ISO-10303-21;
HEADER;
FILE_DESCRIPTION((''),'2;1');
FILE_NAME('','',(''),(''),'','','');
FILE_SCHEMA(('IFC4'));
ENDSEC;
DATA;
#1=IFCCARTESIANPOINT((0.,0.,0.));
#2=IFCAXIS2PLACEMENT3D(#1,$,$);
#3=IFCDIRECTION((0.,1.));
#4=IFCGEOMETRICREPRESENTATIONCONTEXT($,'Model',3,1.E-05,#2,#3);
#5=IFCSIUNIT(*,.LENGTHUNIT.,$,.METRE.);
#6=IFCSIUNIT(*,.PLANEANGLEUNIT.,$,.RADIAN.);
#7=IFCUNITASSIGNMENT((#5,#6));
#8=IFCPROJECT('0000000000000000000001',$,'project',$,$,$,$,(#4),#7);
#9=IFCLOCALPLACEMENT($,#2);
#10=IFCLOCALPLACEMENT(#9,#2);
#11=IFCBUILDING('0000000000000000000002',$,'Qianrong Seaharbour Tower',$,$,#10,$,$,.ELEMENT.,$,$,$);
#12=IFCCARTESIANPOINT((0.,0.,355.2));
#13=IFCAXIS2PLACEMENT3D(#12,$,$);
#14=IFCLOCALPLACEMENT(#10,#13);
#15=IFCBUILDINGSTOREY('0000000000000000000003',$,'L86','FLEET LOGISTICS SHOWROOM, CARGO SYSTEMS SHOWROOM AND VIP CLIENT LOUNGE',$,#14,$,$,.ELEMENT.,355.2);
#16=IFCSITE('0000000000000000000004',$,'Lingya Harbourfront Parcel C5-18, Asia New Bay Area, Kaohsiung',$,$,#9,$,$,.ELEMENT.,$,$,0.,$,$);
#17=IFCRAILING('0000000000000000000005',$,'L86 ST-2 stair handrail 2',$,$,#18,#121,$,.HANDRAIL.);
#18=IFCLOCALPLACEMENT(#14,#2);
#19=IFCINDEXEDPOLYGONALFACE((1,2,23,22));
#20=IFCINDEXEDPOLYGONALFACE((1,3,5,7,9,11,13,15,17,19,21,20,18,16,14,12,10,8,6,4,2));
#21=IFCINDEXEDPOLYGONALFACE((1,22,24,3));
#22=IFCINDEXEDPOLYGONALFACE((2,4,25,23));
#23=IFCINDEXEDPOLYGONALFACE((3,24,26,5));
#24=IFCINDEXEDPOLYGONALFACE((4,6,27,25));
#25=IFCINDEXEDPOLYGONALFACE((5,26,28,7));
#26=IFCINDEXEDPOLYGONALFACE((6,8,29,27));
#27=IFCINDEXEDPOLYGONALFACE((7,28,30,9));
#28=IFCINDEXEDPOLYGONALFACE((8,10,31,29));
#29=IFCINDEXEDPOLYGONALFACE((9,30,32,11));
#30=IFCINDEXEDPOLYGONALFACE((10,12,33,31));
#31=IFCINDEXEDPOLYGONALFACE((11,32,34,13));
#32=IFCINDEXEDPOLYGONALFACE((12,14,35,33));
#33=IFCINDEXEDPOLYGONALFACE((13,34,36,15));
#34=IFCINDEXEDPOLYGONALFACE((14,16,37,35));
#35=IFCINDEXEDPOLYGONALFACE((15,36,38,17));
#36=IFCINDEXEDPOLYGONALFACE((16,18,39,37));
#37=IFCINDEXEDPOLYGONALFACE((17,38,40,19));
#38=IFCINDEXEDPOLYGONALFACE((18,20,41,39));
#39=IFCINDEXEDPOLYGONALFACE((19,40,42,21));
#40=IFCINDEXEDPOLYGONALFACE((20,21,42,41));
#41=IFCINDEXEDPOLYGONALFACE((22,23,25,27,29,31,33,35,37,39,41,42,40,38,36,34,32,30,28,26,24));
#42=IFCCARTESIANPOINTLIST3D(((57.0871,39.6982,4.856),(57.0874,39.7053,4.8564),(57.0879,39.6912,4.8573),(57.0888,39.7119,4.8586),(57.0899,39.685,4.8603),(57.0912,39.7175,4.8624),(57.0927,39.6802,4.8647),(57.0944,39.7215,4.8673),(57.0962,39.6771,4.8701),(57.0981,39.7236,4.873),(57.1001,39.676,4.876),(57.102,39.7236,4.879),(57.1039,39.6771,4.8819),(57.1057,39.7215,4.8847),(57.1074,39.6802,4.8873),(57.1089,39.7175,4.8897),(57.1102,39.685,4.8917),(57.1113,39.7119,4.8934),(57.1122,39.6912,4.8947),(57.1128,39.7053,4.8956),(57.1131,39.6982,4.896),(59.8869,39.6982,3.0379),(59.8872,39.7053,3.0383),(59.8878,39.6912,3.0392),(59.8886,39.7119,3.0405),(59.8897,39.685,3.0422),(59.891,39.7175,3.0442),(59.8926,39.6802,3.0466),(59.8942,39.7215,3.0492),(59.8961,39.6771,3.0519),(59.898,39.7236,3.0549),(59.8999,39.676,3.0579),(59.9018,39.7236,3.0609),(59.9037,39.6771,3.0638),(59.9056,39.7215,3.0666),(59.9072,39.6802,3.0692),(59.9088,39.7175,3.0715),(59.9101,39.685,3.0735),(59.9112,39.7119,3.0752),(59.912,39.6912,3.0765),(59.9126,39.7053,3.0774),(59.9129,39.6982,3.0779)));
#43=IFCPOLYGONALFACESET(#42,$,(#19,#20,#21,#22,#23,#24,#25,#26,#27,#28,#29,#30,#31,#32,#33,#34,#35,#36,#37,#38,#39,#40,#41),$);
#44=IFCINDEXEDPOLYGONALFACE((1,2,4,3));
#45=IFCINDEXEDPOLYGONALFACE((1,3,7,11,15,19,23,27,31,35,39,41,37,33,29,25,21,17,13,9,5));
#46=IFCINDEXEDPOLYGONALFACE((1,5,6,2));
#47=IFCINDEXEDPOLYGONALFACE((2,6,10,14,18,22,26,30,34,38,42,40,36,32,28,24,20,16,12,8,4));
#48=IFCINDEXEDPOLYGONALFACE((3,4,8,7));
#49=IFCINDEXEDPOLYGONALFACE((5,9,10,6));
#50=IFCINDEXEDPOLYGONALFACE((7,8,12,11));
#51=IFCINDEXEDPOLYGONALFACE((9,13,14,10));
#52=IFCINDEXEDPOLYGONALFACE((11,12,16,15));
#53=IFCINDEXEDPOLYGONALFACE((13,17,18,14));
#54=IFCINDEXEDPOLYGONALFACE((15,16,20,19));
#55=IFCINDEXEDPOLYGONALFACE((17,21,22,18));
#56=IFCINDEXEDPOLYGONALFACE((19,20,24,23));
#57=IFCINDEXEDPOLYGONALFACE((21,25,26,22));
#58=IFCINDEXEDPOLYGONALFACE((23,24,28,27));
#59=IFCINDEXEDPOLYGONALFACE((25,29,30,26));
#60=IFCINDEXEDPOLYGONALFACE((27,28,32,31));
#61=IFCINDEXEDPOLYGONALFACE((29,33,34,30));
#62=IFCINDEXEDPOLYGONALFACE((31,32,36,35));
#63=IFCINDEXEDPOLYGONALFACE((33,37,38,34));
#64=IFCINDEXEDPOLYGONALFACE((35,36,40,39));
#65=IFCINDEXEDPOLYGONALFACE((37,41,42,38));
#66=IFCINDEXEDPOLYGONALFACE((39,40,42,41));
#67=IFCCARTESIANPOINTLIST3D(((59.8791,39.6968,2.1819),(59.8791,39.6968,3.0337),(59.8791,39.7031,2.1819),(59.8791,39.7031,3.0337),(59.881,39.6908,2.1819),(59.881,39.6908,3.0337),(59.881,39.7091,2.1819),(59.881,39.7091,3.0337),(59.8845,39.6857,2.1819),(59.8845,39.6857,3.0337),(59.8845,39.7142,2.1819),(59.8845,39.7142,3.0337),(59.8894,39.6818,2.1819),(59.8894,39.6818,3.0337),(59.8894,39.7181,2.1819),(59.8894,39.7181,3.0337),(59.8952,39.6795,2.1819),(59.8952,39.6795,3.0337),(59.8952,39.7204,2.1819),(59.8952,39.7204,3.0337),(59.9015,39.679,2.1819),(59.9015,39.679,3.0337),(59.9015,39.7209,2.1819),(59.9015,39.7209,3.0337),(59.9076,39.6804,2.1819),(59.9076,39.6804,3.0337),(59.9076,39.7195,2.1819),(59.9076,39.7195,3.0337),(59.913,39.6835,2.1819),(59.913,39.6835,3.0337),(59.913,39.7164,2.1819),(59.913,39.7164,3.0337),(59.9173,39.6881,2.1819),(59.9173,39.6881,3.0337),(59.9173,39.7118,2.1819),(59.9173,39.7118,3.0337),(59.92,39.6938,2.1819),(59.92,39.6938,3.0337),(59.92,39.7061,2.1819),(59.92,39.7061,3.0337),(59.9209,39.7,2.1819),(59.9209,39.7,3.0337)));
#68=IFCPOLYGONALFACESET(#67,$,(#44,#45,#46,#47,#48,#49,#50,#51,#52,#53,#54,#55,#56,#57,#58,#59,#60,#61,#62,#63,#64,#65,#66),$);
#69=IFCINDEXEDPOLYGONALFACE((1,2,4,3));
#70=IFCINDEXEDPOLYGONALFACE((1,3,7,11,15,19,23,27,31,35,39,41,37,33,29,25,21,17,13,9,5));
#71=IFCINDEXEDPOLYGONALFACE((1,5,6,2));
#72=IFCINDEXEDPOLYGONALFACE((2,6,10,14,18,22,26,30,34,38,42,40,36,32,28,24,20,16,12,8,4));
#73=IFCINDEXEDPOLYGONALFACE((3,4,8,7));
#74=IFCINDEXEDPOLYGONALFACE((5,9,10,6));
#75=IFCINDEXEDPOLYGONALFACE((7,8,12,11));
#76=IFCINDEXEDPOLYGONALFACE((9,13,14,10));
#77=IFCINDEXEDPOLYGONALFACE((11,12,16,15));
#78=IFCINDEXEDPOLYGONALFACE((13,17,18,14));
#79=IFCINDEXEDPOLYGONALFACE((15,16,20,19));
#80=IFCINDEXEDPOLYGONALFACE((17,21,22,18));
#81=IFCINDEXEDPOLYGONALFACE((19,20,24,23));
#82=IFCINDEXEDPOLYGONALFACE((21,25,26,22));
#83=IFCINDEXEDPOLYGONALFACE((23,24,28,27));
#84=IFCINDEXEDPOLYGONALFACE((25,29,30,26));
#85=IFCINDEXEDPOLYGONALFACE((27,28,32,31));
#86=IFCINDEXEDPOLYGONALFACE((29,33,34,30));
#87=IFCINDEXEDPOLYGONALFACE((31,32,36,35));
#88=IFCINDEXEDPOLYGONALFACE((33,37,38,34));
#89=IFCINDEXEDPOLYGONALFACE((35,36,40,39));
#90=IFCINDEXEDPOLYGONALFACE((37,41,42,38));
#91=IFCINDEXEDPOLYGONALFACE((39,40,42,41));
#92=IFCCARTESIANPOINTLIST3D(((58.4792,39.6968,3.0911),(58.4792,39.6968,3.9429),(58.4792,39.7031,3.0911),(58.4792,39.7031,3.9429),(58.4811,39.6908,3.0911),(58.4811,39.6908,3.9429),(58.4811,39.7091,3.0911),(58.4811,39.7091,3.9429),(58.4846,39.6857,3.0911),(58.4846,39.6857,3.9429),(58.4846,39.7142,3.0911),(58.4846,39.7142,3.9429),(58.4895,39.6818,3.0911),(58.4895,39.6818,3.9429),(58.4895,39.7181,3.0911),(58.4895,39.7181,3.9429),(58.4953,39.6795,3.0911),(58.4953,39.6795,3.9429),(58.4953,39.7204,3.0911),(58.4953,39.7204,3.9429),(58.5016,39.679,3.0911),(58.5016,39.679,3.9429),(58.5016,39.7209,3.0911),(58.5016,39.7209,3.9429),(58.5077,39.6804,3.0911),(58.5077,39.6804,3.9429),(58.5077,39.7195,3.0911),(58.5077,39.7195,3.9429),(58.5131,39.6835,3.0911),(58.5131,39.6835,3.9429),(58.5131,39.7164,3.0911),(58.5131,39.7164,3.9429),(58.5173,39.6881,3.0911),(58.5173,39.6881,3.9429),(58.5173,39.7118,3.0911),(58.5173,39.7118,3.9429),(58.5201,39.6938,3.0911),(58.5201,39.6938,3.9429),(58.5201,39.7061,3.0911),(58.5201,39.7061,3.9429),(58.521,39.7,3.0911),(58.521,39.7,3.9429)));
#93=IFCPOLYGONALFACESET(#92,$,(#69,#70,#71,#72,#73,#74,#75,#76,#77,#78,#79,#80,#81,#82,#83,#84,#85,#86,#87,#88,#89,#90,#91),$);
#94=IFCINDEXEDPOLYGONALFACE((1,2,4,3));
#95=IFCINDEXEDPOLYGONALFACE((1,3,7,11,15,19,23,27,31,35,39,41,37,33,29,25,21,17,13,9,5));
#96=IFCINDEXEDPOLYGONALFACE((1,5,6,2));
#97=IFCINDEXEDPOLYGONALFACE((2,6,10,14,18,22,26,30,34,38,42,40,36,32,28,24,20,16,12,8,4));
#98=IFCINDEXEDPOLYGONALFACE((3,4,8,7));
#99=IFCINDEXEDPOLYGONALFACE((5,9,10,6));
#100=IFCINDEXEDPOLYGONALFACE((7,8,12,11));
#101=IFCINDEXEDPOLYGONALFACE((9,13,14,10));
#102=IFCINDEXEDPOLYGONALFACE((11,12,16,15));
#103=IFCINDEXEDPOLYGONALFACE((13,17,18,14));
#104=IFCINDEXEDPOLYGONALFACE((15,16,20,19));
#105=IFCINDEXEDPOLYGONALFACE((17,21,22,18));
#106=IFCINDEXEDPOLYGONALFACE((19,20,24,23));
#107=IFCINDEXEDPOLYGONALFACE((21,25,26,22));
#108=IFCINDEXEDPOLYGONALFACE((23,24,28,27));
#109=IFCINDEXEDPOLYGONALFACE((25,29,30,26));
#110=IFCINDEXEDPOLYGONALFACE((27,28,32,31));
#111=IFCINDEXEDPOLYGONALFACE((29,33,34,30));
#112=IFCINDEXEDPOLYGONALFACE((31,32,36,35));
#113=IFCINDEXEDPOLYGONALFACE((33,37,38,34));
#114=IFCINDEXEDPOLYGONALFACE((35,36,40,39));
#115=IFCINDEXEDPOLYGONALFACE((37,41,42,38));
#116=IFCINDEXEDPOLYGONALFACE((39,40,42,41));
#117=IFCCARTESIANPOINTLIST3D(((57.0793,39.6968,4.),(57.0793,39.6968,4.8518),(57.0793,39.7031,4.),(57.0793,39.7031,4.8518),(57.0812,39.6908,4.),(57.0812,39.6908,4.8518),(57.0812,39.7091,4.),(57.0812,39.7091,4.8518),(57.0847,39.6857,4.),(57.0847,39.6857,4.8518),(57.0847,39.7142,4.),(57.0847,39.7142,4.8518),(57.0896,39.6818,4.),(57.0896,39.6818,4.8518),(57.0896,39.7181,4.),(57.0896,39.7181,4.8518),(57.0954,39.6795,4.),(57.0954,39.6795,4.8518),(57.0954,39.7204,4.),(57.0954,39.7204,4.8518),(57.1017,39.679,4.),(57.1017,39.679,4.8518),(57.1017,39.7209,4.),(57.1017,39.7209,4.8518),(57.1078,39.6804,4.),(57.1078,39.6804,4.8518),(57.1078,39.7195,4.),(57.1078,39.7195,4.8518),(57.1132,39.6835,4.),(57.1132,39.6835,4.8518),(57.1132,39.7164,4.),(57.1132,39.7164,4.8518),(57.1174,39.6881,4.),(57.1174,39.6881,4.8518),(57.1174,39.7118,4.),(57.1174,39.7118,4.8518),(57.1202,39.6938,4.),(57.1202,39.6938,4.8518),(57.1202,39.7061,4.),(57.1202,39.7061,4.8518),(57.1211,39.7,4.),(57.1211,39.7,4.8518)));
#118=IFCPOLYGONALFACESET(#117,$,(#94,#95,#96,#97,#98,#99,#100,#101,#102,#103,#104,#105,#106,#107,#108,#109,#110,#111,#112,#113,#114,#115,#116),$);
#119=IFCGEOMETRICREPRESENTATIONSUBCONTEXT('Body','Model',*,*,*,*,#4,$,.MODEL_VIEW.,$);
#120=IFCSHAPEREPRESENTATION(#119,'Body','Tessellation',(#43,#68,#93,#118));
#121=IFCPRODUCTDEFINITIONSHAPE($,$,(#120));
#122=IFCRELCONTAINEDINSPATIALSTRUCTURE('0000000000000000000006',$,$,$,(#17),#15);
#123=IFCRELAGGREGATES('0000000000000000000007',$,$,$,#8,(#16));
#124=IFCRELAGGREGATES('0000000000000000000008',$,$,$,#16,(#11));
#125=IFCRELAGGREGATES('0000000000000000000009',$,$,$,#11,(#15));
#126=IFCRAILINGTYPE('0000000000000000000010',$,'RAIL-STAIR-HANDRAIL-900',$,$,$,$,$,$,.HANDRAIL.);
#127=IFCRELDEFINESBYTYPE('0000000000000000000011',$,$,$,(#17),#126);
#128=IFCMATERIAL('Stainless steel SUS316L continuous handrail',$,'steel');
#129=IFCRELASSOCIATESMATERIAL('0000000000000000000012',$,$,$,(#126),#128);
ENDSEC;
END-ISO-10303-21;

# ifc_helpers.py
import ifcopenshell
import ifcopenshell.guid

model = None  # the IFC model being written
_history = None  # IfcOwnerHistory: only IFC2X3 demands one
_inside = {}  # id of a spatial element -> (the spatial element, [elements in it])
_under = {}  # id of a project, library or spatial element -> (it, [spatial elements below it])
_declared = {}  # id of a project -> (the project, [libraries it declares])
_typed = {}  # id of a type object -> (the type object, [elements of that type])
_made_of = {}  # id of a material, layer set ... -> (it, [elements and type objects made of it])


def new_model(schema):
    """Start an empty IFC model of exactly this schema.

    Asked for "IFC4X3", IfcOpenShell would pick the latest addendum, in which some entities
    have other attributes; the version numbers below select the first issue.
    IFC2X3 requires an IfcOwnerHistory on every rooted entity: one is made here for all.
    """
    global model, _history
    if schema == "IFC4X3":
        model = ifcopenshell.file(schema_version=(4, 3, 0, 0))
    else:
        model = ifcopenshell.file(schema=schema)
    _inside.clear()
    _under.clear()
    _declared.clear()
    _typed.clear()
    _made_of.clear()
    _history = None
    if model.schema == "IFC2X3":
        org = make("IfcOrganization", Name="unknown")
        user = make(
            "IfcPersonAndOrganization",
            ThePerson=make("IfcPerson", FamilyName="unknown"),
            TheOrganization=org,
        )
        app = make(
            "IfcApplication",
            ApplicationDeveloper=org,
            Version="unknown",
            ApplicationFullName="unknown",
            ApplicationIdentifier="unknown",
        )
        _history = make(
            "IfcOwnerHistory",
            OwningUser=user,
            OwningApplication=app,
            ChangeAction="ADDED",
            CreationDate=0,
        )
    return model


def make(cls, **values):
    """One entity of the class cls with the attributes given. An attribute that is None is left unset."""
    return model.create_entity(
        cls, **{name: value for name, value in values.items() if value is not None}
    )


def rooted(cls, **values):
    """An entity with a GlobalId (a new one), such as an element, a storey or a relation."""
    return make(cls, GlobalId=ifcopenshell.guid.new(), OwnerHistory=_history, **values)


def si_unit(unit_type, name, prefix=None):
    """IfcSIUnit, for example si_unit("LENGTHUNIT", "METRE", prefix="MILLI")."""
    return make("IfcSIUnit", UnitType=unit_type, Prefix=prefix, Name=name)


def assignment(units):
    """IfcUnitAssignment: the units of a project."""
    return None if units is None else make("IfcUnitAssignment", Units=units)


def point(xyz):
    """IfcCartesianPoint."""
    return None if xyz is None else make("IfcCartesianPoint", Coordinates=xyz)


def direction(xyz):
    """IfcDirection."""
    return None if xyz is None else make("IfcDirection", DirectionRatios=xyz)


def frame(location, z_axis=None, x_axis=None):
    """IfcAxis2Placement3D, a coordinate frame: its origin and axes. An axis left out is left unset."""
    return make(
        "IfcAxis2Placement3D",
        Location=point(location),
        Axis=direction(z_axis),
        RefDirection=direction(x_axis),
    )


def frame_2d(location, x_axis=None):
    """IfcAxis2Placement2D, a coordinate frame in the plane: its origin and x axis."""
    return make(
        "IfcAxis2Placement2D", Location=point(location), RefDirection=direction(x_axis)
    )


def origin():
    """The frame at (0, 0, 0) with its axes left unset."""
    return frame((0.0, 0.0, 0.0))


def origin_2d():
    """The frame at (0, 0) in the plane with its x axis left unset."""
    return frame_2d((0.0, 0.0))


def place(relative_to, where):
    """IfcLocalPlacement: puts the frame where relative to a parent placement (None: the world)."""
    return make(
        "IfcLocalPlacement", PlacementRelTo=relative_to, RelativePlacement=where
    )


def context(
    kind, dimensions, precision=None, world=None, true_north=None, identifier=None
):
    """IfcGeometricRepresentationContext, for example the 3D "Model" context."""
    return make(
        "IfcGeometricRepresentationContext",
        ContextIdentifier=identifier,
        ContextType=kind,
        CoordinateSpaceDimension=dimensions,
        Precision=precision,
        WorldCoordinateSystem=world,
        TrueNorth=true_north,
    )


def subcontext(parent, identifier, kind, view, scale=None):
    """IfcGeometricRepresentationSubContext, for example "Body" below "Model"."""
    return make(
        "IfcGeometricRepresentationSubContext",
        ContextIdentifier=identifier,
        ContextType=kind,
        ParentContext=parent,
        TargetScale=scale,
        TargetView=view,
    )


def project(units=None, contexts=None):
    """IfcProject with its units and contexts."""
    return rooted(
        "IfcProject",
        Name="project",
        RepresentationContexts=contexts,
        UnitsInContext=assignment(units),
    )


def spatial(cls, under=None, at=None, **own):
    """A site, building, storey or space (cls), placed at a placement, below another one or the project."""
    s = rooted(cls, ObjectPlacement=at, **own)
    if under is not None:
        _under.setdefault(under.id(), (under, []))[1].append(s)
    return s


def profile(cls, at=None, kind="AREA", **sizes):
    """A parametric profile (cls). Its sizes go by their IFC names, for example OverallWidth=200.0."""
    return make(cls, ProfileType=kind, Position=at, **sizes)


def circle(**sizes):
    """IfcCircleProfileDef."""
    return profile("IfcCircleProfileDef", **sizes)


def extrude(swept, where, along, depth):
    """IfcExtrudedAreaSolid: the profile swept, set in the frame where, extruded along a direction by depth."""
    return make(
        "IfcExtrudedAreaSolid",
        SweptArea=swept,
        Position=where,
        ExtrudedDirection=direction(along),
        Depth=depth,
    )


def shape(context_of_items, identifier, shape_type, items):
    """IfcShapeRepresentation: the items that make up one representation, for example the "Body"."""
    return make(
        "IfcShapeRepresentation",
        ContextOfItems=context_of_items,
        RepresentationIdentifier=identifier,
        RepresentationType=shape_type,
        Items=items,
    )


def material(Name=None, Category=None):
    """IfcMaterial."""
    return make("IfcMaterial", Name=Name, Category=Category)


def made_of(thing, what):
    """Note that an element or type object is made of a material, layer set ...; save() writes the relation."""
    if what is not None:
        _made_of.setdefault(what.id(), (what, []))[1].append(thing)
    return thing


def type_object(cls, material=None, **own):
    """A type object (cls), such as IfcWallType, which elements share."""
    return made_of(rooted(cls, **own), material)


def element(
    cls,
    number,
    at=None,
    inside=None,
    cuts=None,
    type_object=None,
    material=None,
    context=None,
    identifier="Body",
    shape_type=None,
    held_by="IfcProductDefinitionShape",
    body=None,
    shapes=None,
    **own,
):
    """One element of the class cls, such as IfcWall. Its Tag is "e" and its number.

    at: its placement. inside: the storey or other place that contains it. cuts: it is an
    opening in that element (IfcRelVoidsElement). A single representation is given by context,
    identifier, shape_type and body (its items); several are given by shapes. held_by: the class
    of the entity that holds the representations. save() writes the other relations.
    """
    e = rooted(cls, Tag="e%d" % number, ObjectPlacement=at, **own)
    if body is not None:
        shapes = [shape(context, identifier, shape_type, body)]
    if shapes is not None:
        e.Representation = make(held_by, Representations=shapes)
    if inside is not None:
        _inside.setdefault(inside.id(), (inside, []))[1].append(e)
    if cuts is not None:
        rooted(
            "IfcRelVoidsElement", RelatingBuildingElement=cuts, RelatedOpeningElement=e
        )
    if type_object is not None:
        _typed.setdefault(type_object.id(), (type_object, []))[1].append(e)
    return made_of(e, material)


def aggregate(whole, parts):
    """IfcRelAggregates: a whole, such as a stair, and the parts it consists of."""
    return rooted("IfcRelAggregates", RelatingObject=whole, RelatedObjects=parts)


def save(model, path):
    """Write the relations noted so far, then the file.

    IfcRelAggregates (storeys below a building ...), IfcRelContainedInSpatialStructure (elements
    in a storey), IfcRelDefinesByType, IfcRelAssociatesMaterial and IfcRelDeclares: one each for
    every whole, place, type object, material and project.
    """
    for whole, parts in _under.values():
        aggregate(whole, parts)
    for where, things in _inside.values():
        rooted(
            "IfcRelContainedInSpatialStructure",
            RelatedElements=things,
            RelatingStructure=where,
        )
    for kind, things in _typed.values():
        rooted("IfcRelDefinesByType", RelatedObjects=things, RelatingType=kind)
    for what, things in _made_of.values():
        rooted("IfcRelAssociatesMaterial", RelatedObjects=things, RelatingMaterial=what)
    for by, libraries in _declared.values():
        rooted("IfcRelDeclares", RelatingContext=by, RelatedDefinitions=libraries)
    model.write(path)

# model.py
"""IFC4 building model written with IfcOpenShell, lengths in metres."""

from ifc_helpers import new_model, si_unit, direction, frame, origin, origin_2d, place, context, subcontext, project, spatial, circle, extrude, material, type_object, element, save


model = new_model("IFC4")

# Units and contexts
model_context = context("Model", 3, precision=1e-05, world=origin(), true_north=direction((0.0, 1.0)))
body_context = subcontext(model_context, "Body", "Model", "MODEL_VIEW")
ifc_project = project(units=[si_unit("LENGTHUNIT", "METRE"), si_unit("PLANEANGLEUNIT", "RADIAN")], contexts=[model_context])

# Site, building, storey
site_placement = place(None, origin())
site = spatial("IfcSite", under=ifc_project, at=site_placement, Name="Lingya Harbourfront Parcel C5-18, Asia New Bay Area, Kaohsiung", CompositionType="ELEMENT", RefElevation=0.0)
building_placement = place(site_placement, origin())
building = spatial("IfcBuilding", under=site, at=building_placement, Name="Qianrong Seaharbour Tower", CompositionType="ELEMENT")
storey_placement = place(building_placement, frame((0.0, 0.0, 355.2)))
storey = spatial("IfcBuildingStorey", under=building, at=storey_placement, Name="L86", Description="FLEET LOGISTICS SHOWROOM, CARGO SYSTEMS SHOWROOM AND VIP CLIENT LOUNGE", CompositionType="ELEMENT", Elevation=355.2)

# Railing
ifc_material_1 = material(Name="Stainless steel SUS316L continuous handrail", Category="steel")
railing_type_1 = type_object("IfcRailingType", Name="RAIL-STAIR-HANDRAIL-900", PredefinedType="HANDRAIL", material=ifc_material_1)
railing_1_placement = place(storey_placement, frame((59.8999, 39.7, 2.1819)))
element("IfcRailing", 1, at=railing_1_placement, inside=storey, type_object=railing_type_1, Name="L86 ST-2 stair handrail 2", PredefinedType="HANDRAIL", context=body_context, shape_type="SweptSolid", body=[
    extrude(circle(Radius=0.0239, at=origin_2d()), frame((0.0, 0.0, 0.876), z_axis=(-0.838684, 0.0, 0.544618), x_axis=(0.0, -1.0, 0.0)), (0.0, 0.0, 1.0), 3.3384),
    extrude(circle(Radius=0.021, at=origin_2d()), origin(), (0.0, 0.0, 1.0), 0.8518),
    extrude(circle(Radius=0.021, at=origin_2d()), frame((-1.3999, 0.0, 0.9092)), (0.0, 0.0, 1.0), 0.8518),
    extrude(circle(Radius=0.021, at=origin_2d()), frame((-2.7998, 0.0, 1.8181)), (0.0, 0.0, 1.0), 0.8518),
])

save(model, "model.ifc")
